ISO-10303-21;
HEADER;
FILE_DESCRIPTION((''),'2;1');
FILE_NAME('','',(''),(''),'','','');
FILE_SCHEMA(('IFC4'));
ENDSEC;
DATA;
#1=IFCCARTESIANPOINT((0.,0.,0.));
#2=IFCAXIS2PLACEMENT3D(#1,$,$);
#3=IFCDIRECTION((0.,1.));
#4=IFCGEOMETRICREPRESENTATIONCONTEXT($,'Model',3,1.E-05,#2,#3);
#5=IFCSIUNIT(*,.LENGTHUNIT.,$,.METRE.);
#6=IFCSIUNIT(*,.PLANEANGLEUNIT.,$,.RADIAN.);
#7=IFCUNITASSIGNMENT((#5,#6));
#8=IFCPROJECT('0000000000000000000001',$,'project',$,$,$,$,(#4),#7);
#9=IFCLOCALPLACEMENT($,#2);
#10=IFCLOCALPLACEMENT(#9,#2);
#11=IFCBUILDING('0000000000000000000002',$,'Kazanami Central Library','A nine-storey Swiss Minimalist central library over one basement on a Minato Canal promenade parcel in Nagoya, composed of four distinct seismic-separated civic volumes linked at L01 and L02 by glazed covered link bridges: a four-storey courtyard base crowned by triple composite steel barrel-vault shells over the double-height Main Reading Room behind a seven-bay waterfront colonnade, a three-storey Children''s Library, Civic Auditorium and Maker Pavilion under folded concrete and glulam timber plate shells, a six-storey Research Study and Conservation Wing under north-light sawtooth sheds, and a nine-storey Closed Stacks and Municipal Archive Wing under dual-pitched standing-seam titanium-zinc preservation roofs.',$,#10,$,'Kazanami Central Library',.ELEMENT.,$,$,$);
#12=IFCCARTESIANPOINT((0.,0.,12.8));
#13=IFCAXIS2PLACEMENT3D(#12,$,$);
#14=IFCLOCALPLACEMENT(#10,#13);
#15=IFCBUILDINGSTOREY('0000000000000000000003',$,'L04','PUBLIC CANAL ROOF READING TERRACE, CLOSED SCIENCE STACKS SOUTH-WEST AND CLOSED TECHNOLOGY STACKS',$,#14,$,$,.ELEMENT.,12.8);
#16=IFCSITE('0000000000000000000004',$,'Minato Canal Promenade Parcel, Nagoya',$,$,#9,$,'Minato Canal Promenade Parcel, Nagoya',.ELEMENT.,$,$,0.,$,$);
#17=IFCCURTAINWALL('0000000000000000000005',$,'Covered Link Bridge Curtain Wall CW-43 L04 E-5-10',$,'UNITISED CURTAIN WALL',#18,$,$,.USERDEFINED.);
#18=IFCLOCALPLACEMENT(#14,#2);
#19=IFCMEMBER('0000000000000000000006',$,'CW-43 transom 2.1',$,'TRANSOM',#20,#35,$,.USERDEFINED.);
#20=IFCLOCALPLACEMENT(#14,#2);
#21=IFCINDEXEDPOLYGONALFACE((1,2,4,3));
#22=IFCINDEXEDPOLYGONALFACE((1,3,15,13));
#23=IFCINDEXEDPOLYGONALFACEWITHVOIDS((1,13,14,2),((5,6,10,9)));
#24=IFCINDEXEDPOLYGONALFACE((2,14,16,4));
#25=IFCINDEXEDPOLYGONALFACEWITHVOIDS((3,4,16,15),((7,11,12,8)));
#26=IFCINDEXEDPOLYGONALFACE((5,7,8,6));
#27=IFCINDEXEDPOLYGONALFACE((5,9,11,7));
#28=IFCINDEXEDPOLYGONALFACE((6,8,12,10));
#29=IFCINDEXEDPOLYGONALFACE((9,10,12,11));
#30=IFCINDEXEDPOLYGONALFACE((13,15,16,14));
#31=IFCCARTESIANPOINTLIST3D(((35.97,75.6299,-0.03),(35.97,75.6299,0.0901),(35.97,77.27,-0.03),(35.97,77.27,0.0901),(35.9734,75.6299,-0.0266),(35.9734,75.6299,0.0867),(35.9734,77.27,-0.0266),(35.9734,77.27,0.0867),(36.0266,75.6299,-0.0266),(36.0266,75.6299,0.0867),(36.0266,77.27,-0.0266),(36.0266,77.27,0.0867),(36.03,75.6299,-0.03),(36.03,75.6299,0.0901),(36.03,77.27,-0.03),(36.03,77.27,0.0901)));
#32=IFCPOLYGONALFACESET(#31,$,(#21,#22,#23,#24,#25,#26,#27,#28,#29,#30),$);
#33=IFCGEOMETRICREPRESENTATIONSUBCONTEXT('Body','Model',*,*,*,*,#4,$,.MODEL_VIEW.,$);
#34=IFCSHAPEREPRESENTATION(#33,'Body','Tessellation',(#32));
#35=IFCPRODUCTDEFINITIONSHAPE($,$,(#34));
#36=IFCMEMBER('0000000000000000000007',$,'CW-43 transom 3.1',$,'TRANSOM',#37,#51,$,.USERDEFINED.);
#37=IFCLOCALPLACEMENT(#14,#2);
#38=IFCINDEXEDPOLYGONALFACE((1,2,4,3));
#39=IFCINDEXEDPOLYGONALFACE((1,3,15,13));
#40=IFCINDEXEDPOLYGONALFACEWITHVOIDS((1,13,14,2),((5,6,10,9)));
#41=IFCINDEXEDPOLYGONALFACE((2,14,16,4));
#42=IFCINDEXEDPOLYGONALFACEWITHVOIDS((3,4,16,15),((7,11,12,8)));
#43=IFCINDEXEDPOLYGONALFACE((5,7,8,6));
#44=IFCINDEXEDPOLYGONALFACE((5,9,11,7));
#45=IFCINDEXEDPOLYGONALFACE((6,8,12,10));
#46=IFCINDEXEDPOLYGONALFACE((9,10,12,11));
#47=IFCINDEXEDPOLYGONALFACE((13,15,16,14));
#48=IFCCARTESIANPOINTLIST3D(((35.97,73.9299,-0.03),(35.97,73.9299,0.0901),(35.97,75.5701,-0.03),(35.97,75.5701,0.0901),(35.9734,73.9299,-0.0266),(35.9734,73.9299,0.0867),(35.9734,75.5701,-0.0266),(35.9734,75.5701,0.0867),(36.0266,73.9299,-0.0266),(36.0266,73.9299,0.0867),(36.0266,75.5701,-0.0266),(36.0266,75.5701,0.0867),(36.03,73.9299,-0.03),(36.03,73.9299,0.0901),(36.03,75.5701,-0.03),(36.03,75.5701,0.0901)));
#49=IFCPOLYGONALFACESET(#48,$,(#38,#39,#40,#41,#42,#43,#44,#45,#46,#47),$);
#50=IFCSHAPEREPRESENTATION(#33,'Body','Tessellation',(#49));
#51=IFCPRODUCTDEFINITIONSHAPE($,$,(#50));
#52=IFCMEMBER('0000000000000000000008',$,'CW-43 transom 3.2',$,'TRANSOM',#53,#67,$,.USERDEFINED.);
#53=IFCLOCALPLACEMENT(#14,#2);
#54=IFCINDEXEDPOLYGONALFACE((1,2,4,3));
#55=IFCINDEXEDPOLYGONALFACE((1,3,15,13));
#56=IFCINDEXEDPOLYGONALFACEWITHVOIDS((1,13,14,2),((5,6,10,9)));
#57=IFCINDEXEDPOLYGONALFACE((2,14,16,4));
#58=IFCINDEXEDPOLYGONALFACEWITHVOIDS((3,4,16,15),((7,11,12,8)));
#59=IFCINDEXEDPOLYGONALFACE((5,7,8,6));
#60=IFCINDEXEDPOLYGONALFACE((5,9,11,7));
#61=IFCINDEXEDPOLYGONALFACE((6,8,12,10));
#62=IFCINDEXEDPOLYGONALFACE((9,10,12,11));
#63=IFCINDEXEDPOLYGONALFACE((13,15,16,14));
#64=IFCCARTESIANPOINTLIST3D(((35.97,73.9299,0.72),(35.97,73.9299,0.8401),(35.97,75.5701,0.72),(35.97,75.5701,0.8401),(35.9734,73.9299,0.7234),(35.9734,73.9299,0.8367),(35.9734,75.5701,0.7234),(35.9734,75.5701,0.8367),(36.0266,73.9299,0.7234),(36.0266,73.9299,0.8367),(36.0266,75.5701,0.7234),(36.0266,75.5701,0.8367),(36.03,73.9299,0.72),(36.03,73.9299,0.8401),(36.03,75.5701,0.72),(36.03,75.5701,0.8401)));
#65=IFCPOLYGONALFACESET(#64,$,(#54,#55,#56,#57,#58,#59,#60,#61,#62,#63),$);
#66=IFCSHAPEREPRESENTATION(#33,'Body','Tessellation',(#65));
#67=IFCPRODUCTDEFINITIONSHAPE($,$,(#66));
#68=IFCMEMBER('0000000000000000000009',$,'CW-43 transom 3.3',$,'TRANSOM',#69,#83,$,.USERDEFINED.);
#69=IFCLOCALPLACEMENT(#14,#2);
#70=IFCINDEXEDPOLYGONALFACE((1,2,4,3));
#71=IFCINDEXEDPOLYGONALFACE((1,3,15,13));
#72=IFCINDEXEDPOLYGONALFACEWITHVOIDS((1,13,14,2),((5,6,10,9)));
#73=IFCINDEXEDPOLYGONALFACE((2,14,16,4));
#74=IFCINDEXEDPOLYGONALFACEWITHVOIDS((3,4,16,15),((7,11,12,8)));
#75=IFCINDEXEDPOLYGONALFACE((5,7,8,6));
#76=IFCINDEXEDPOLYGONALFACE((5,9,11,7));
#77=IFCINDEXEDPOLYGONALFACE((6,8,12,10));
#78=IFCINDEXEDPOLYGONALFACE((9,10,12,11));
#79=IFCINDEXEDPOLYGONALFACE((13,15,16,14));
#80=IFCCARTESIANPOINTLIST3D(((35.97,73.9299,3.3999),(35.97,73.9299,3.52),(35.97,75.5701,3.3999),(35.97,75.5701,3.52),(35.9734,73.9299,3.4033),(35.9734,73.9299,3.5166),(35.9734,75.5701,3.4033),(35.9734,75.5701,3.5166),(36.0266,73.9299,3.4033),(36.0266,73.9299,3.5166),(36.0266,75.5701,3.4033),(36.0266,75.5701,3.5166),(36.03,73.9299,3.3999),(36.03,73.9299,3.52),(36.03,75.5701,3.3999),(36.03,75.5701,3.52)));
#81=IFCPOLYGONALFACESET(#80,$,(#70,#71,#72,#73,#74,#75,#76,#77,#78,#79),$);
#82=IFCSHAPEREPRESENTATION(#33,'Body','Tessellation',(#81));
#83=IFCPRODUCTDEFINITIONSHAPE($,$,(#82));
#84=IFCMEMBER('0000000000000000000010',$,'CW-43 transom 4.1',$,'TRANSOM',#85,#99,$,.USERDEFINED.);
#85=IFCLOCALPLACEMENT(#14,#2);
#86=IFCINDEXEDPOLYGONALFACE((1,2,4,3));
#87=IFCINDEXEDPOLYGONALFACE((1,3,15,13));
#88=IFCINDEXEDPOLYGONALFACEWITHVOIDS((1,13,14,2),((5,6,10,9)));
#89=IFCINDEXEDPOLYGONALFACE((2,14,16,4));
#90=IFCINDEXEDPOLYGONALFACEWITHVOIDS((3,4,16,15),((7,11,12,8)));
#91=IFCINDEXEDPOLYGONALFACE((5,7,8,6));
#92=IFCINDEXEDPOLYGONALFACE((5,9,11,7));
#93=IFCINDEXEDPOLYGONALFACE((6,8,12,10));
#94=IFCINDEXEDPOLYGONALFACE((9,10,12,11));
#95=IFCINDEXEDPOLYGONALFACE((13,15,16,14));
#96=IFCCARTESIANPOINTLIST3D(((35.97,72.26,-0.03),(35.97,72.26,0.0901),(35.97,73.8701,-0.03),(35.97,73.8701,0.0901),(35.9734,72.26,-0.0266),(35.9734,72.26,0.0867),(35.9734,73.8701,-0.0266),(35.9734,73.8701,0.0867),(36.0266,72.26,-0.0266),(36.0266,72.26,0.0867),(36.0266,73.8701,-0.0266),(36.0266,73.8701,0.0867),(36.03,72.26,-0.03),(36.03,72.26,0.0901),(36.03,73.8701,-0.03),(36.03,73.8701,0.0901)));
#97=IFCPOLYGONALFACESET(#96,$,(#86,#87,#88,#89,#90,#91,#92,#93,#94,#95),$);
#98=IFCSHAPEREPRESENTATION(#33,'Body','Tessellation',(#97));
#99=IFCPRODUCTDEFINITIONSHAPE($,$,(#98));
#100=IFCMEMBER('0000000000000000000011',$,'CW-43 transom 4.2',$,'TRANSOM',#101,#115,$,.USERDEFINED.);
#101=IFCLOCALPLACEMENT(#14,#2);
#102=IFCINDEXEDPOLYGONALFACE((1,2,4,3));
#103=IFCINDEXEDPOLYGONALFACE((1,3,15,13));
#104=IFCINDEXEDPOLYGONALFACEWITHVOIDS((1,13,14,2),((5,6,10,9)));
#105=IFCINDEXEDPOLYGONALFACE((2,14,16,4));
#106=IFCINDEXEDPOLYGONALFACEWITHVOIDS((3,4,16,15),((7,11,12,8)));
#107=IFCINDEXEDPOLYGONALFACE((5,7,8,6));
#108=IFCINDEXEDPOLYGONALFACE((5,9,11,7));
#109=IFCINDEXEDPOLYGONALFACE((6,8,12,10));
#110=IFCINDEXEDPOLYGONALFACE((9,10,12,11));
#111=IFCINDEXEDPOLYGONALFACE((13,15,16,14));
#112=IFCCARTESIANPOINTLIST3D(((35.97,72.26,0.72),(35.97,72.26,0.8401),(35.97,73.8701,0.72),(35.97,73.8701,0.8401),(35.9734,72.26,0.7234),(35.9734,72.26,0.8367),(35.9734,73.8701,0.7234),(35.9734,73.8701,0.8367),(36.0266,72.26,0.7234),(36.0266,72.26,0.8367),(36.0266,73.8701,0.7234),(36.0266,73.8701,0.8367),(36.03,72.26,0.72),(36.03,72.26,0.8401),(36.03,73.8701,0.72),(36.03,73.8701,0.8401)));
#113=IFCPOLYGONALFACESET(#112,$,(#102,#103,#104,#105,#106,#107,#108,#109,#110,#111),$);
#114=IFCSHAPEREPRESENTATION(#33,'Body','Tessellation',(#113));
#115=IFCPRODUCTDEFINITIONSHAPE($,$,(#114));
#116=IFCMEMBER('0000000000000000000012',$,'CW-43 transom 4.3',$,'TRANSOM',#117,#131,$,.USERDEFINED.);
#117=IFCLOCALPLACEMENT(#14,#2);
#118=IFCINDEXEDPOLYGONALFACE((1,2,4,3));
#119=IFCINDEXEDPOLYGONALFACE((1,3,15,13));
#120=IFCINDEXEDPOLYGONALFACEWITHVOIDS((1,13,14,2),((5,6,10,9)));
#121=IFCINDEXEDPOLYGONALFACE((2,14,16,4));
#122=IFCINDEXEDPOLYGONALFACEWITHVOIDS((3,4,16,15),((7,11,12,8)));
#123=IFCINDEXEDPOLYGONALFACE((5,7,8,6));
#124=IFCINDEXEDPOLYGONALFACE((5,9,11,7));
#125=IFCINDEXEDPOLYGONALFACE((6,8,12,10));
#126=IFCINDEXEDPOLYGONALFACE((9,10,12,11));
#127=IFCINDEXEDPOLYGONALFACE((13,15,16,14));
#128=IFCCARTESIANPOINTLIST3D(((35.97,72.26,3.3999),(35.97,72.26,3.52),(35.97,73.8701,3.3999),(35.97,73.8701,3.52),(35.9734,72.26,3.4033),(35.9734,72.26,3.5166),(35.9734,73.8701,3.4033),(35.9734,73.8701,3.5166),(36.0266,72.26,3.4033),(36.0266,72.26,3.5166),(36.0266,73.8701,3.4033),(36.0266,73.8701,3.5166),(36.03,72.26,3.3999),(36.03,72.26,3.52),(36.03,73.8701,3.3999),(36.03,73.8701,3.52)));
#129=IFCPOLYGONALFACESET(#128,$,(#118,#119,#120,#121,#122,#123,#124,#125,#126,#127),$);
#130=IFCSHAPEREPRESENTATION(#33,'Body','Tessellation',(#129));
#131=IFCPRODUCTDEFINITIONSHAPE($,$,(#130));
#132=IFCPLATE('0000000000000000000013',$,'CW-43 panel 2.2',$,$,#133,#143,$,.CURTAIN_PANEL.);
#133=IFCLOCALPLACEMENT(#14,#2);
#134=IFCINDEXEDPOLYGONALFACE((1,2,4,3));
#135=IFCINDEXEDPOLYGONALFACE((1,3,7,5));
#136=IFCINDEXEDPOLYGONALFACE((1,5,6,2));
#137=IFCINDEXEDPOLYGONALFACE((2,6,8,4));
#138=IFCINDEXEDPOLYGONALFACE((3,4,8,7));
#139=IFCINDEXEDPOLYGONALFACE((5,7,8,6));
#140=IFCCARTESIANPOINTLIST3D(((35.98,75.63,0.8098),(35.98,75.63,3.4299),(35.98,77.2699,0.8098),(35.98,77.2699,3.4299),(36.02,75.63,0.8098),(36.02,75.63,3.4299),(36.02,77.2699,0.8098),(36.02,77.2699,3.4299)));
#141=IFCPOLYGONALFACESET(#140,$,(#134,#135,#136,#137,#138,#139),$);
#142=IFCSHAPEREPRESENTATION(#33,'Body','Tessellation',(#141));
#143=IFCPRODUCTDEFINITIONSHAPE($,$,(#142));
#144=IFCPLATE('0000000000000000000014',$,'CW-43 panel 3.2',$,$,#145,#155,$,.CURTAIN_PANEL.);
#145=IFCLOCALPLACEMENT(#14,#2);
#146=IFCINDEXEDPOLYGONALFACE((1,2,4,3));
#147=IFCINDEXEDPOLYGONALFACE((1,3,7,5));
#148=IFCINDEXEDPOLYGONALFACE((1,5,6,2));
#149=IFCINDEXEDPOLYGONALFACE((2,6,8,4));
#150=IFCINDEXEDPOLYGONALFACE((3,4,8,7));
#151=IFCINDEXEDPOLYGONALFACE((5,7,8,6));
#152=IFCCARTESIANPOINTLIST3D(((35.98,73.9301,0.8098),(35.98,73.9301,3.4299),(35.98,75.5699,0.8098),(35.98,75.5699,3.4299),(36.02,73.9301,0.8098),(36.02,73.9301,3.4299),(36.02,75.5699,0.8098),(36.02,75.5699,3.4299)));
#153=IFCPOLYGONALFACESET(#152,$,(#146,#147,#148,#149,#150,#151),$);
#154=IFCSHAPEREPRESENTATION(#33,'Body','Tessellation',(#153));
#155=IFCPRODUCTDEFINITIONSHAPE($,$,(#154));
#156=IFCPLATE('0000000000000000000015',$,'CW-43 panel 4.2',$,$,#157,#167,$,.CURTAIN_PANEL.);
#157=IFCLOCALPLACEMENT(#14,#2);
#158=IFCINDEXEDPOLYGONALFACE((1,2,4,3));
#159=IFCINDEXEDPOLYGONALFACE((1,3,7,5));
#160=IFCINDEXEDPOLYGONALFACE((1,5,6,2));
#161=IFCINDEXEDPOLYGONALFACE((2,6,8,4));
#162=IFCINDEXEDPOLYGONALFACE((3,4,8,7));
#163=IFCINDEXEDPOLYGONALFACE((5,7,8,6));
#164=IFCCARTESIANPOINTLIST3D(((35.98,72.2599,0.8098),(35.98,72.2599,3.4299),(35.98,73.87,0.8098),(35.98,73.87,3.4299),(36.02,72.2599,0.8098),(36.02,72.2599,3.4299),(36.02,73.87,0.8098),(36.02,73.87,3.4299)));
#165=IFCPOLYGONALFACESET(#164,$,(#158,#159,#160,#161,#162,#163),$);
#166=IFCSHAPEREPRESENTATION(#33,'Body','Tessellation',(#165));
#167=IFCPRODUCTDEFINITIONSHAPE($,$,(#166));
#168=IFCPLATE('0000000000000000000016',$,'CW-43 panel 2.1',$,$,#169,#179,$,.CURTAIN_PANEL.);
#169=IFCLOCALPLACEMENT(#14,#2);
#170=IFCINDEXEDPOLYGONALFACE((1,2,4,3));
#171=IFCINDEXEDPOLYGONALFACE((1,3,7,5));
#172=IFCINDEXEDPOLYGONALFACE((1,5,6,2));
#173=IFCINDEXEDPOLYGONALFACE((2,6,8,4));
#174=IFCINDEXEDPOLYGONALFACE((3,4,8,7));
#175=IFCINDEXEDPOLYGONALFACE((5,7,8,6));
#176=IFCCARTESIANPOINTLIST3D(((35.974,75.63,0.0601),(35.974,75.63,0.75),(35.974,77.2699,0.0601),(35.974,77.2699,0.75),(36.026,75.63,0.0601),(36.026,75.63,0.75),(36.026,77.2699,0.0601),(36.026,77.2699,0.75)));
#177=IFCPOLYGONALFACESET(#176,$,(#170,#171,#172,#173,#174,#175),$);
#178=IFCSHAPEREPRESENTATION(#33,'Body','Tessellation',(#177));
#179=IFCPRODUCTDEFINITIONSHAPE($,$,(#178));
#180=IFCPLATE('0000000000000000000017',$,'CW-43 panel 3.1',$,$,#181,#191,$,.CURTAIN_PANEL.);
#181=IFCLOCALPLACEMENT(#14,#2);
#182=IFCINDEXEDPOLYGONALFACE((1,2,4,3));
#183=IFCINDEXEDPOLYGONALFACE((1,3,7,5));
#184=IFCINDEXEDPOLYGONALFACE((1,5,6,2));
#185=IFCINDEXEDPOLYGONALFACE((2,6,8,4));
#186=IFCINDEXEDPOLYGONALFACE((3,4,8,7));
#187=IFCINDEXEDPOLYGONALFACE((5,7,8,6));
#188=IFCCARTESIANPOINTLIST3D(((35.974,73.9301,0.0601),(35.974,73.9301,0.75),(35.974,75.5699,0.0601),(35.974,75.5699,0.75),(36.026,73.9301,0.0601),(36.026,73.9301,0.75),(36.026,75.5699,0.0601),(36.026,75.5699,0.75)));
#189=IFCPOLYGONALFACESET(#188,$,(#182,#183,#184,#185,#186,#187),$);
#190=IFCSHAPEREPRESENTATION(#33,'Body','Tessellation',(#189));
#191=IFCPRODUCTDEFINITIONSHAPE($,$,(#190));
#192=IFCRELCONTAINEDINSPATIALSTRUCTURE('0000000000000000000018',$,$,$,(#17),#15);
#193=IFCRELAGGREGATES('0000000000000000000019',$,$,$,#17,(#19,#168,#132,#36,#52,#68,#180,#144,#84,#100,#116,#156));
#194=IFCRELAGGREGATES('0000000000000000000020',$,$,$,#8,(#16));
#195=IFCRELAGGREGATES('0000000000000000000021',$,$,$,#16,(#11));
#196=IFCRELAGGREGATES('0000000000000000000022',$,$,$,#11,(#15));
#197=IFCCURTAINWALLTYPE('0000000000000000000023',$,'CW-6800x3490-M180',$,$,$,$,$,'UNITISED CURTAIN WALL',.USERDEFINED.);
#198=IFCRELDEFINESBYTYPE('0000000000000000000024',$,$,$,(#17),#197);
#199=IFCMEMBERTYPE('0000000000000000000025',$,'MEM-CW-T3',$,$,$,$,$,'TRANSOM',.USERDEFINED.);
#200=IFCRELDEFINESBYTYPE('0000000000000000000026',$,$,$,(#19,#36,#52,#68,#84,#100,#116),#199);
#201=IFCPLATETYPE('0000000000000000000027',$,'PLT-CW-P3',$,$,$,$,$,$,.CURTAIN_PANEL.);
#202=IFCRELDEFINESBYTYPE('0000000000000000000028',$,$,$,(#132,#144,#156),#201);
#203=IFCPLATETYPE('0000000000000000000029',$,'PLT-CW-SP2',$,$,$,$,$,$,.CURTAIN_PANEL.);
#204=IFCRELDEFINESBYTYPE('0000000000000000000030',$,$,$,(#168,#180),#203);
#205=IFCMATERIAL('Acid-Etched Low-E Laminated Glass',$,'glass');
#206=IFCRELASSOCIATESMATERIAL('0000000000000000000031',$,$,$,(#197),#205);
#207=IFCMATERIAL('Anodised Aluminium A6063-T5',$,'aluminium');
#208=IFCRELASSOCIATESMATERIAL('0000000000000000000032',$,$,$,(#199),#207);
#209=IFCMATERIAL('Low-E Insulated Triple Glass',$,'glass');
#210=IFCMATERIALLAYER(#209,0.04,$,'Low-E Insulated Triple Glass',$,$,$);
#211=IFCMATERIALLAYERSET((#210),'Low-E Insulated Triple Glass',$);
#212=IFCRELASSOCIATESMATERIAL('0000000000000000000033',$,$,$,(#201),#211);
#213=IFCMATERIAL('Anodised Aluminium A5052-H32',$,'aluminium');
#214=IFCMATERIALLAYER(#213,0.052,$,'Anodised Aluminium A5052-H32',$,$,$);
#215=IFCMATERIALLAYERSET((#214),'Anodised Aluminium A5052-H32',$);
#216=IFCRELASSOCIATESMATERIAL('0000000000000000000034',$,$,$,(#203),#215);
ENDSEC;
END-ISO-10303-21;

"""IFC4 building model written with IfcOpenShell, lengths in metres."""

from ifc_helpers import new_model, si_unit, direction, frame, origin, origin_2d, place, context, subcontext, project, spatial, rectangle, hollow_rectangle, extrude, material, layer, layer_set, material_profile, profile_set, type_object, element, aggregate, save


model = new_model("IFC4")

# Units and contexts
model_context = context("Model", 3, precision=1e-05, world=origin(), true_north=direction((0.0, 1.0)))
body_context = subcontext(model_context, "Body", "Model", "MODEL_VIEW")
ifc_project = project(units=[si_unit("LENGTHUNIT", "METRE"), si_unit("PLANEANGLEUNIT", "RADIAN")], contexts=[model_context])

# Site, building, storey
site_placement = place(None, origin())
site = spatial("IfcSite", under=ifc_project, at=site_placement, Name="Minato Canal Promenade Parcel, Nagoya", LongName="Minato Canal Promenade Parcel, Nagoya", CompositionType="ELEMENT", RefElevation=0.0)
building_placement = place(site_placement, origin())
building = spatial("IfcBuilding", under=site, at=building_placement, Name="Kazanami Central Library", Description="A nine-storey Swiss Minimalist central library over one basement on a Minato Canal promenade parcel in Nagoya, composed of four distinct seismic-separated civic volumes linked at L01 and L02 by glazed covered link bridges: a four-storey courtyard base crowned by triple composite steel barrel-vault shells over the double-height Main Reading Room behind a seven-bay waterfront colonnade, a three-storey Children's Library, Civic Auditorium and Maker Pavilion under folded concrete and glulam timber plate shells, a six-storey Research Study and Conservation Wing under north-light sawtooth sheds, and a nine-storey Closed Stacks and Municipal Archive Wing under dual-pitched standing-seam titanium-zinc preservation roofs.", LongName="Kazanami Central Library", CompositionType="ELEMENT")
storey_placement = place(building_placement, frame((0.0, 0.0, 12.8)))
storey = spatial("IfcBuildingStorey", under=building, at=storey_placement, Name="L04", Description="PUBLIC CANAL ROOF READING TERRACE, CLOSED SCIENCE STACKS SOUTH-WEST AND CLOSED TECHNOLOGY STACKS", CompositionType="ELEMENT", Elevation=12.8)

# Curtain wall, members, plates
ifc_material_1 = material(Name="Acid-Etched Low-E Laminated Glass", Category="glass")
curtain_wall_type = type_object("IfcCurtainWallType", Name="CW-6800x3490-M180", ElementType="UNITISED CURTAIN WALL", PredefinedType="USERDEFINED", material=ifc_material_1)
curtain_wall_placement = place(storey_placement, origin())
curtain_wall = element("IfcCurtainWall", 1, at=curtain_wall_placement, inside=storey, type_object=curtain_wall_type, Name="Covered Link Bridge Curtain Wall CW-43 L04 E-5-10", ObjectType="UNITISED CURTAIN WALL", PredefinedType="USERDEFINED")
ifc_material_2 = material(Name="Anodised Aluminium A6063-T5", Category="aluminium")
ifc_material_profile_1 = material_profile(ifc_material_2, hollow_rectangle(XDim=0.0601, YDim=0.1201, WallThickness=0.0034, at=origin_2d()), Name="ALU-TRAN-60x120x3.5")
ifc_profile_set_1 = profile_set([ifc_material_profile_1], Name="Anodised Aluminium A6063-T5")
member_type_1 = type_object("IfcMemberType", Name="MEM-CW-T3", ElementType="TRANSOM", PredefinedType="USERDEFINED", material=ifc_profile_set_1)
member_1_placement = place(storey_placement, frame((36.0, 77.27, 0.03), z_axis=(0.0, -1.0, 0.0), x_axis=(1.0, 0.0, 0.0)))
member_1 = element("IfcMember", 2, at=member_1_placement, type_object=member_type_1, Name="CW-43 transom 2.1", ObjectType="TRANSOM", PredefinedType="USERDEFINED", context=body_context, shape_type="SweptSolid", body=[
    extrude(hollow_rectangle(XDim=0.0601, YDim=0.1201, WallThickness=0.0034, at=origin_2d()), origin(), (0.0, 0.0, 1.0), 1.6401),
])
member_2_placement = place(storey_placement, frame((36.0, 75.5701, 0.03), z_axis=(0.0, -1.0, 0.0), x_axis=(1.0, 0.0, 0.0)))
member_2 = element("IfcMember", 3, at=member_2_placement, type_object=member_type_1, Name="CW-43 transom 3.1", ObjectType="TRANSOM", PredefinedType="USERDEFINED", context=body_context, shape_type="SweptSolid", body=[
    extrude(hollow_rectangle(XDim=0.0601, YDim=0.1201, WallThickness=0.0034, at=origin_2d()), origin(), (0.0, 0.0, 1.0), 1.6401),
])
member_3_placement = place(storey_placement, frame((36.0, 75.5701, 0.78), z_axis=(0.0, -1.0, 0.0), x_axis=(1.0, 0.0, 0.0)))
member_3 = element("IfcMember", 4, at=member_3_placement, type_object=member_type_1, Name="CW-43 transom 3.2", ObjectType="TRANSOM", PredefinedType="USERDEFINED", context=body_context, shape_type="SweptSolid", body=[
    extrude(hollow_rectangle(XDim=0.0601, YDim=0.1201, WallThickness=0.0034, at=origin_2d()), origin(), (0.0, 0.0, 1.0), 1.6401),
])
member_4_placement = place(storey_placement, frame((36.0, 75.5701, 3.46), z_axis=(0.0, -1.0, 0.0), x_axis=(1.0, 0.0, 0.0)))
member_4 = element("IfcMember", 5, at=member_4_placement, type_object=member_type_1, Name="CW-43 transom 3.3", ObjectType="TRANSOM", PredefinedType="USERDEFINED", context=body_context, shape_type="SweptSolid", body=[
    extrude(hollow_rectangle(XDim=0.0601, YDim=0.1201, WallThickness=0.0034, at=origin_2d()), origin(), (0.0, 0.0, 1.0), 1.6401),
])
member_5_placement = place(storey_placement, frame((36.0, 73.8701, 0.03), z_axis=(0.0, -1.0, 0.0), x_axis=(1.0, 0.0, 0.0)))
member_5 = element("IfcMember", 6, at=member_5_placement, type_object=member_type_1, Name="CW-43 transom 4.1", ObjectType="TRANSOM", PredefinedType="USERDEFINED", context=body_context, shape_type="SweptSolid", body=[
    extrude(hollow_rectangle(XDim=0.0601, YDim=0.1201, WallThickness=0.0034, at=origin_2d()), origin(), (0.0, 0.0, 1.0), 1.6101),
])
member_6_placement = place(storey_placement, frame((36.0, 73.8701, 0.78), z_axis=(0.0, -1.0, 0.0), x_axis=(1.0, 0.0, 0.0)))
member_6 = element("IfcMember", 7, at=member_6_placement, type_object=member_type_1, Name="CW-43 transom 4.2", ObjectType="TRANSOM", PredefinedType="USERDEFINED", context=body_context, shape_type="SweptSolid", body=[
    extrude(hollow_rectangle(XDim=0.0601, YDim=0.1201, WallThickness=0.0034, at=origin_2d()), origin(), (0.0, 0.0, 1.0), 1.6101),
])
member_7_placement = place(storey_placement, frame((36.0, 73.8701, 3.46), z_axis=(0.0, -1.0, 0.0), x_axis=(1.0, 0.0, 0.0)))
member_7 = element("IfcMember", 8, at=member_7_placement, type_object=member_type_1, Name="CW-43 transom 4.3", ObjectType="TRANSOM", PredefinedType="USERDEFINED", context=body_context, shape_type="SweptSolid", body=[
    extrude(hollow_rectangle(XDim=0.0601, YDim=0.1201, WallThickness=0.0034, at=origin_2d()), origin(), (0.0, 0.0, 1.0), 1.6101),
])
ifc_material_3 = material(Name="Low-E Insulated Triple Glass", Category="glass")
ifc_layer_1 = layer(ifc_material_3, 0.04, Name="Low-E Insulated Triple Glass")
ifc_layer_set_1 = layer_set([ifc_layer_1], Name="Low-E Insulated Triple Glass")
plate_type_1 = type_object("IfcPlateType", Name="PLT-CW-P3", PredefinedType="CURTAIN_PANEL", material=ifc_layer_set_1)
plate_1_placement = place(storey_placement, frame((36.0, 76.45, 0.8098), z_axis=(0.0, 0.0, 1.0), x_axis=(0.0, -1.0, 0.0)))
plate_1 = element("IfcPlate", 9, at=plate_1_placement, type_object=plate_type_1, Name="CW-43 panel 2.2", PredefinedType="CURTAIN_PANEL", context=body_context, shape_type="SweptSolid", body=[
    extrude(rectangle(XDim=1.6399, YDim=0.04, at=origin_2d()), origin(), (0.0, 0.0, 1.0), 2.6201),
])
plate_2_placement = place(storey_placement, frame((36.0, 74.75, 0.8098), z_axis=(0.0, 0.0, 1.0), x_axis=(0.0, -1.0, 0.0)))
plate_2 = element("IfcPlate", 10, at=plate_2_placement, type_object=plate_type_1, Name="CW-43 panel 3.2", PredefinedType="CURTAIN_PANEL", context=body_context, shape_type="SweptSolid", body=[
    extrude(rectangle(XDim=1.6399, YDim=0.04, at=origin_2d()), origin(), (0.0, 0.0, 1.0), 2.6201),
])
plate_3_placement = place(storey_placement, frame((36.0, 73.0649, 0.8098), z_axis=(0.0, 0.0, 1.0), x_axis=(0.0, -1.0, 0.0)))
plate_3 = element("IfcPlate", 11, at=plate_3_placement, type_object=plate_type_1, Name="CW-43 panel 4.2", PredefinedType="CURTAIN_PANEL", context=body_context, shape_type="SweptSolid", body=[
    extrude(rectangle(XDim=1.6101, YDim=0.04, at=origin_2d()), origin(), (0.0, 0.0, 1.0), 2.6201),
])
ifc_material_4 = material(Name="Anodised Aluminium A5052-H32", Category="aluminium")
ifc_layer_2 = layer(ifc_material_4, 0.052, Name="Anodised Aluminium A5052-H32")
ifc_layer_set_2 = layer_set([ifc_layer_2], Name="Anodised Aluminium A5052-H32")
plate_type_2 = type_object("IfcPlateType", Name="PLT-CW-SP2", PredefinedType="CURTAIN_PANEL", material=ifc_layer_set_2)
plate_4_placement = place(storey_placement, frame((36.0, 76.45, 0.0601), z_axis=(0.0, 0.0, 1.0), x_axis=(0.0, -1.0, 0.0)))
plate_4 = element("IfcPlate", 12, at=plate_4_placement, type_object=plate_type_2, Name="CW-43 panel 2.1", PredefinedType="CURTAIN_PANEL", context=body_context, shape_type="SweptSolid", body=[
    extrude(rectangle(XDim=1.6399, YDim=0.052, at=origin_2d()), origin(), (0.0, 0.0, 1.0), 0.6899),
])
plate_5_placement = place(storey_placement, frame((36.0, 74.75, 0.0601), z_axis=(0.0, 0.0, 1.0), x_axis=(0.0, -1.0, 0.0)))
plate_5 = element("IfcPlate", 13, at=plate_5_placement, type_object=plate_type_2, Name="CW-43 panel 3.1", PredefinedType="CURTAIN_PANEL", context=body_context, shape_type="SweptSolid", body=[
    extrude(rectangle(XDim=1.6399, YDim=0.052, at=origin_2d()), origin(), (0.0, 0.0, 1.0), 0.6899),
])
aggregate(curtain_wall, [member_1, plate_4, plate_1, member_2, member_3, member_4, plate_5, plate_2, member_5, member_6, member_7, plate_3])

save(model, "model.ifc")
